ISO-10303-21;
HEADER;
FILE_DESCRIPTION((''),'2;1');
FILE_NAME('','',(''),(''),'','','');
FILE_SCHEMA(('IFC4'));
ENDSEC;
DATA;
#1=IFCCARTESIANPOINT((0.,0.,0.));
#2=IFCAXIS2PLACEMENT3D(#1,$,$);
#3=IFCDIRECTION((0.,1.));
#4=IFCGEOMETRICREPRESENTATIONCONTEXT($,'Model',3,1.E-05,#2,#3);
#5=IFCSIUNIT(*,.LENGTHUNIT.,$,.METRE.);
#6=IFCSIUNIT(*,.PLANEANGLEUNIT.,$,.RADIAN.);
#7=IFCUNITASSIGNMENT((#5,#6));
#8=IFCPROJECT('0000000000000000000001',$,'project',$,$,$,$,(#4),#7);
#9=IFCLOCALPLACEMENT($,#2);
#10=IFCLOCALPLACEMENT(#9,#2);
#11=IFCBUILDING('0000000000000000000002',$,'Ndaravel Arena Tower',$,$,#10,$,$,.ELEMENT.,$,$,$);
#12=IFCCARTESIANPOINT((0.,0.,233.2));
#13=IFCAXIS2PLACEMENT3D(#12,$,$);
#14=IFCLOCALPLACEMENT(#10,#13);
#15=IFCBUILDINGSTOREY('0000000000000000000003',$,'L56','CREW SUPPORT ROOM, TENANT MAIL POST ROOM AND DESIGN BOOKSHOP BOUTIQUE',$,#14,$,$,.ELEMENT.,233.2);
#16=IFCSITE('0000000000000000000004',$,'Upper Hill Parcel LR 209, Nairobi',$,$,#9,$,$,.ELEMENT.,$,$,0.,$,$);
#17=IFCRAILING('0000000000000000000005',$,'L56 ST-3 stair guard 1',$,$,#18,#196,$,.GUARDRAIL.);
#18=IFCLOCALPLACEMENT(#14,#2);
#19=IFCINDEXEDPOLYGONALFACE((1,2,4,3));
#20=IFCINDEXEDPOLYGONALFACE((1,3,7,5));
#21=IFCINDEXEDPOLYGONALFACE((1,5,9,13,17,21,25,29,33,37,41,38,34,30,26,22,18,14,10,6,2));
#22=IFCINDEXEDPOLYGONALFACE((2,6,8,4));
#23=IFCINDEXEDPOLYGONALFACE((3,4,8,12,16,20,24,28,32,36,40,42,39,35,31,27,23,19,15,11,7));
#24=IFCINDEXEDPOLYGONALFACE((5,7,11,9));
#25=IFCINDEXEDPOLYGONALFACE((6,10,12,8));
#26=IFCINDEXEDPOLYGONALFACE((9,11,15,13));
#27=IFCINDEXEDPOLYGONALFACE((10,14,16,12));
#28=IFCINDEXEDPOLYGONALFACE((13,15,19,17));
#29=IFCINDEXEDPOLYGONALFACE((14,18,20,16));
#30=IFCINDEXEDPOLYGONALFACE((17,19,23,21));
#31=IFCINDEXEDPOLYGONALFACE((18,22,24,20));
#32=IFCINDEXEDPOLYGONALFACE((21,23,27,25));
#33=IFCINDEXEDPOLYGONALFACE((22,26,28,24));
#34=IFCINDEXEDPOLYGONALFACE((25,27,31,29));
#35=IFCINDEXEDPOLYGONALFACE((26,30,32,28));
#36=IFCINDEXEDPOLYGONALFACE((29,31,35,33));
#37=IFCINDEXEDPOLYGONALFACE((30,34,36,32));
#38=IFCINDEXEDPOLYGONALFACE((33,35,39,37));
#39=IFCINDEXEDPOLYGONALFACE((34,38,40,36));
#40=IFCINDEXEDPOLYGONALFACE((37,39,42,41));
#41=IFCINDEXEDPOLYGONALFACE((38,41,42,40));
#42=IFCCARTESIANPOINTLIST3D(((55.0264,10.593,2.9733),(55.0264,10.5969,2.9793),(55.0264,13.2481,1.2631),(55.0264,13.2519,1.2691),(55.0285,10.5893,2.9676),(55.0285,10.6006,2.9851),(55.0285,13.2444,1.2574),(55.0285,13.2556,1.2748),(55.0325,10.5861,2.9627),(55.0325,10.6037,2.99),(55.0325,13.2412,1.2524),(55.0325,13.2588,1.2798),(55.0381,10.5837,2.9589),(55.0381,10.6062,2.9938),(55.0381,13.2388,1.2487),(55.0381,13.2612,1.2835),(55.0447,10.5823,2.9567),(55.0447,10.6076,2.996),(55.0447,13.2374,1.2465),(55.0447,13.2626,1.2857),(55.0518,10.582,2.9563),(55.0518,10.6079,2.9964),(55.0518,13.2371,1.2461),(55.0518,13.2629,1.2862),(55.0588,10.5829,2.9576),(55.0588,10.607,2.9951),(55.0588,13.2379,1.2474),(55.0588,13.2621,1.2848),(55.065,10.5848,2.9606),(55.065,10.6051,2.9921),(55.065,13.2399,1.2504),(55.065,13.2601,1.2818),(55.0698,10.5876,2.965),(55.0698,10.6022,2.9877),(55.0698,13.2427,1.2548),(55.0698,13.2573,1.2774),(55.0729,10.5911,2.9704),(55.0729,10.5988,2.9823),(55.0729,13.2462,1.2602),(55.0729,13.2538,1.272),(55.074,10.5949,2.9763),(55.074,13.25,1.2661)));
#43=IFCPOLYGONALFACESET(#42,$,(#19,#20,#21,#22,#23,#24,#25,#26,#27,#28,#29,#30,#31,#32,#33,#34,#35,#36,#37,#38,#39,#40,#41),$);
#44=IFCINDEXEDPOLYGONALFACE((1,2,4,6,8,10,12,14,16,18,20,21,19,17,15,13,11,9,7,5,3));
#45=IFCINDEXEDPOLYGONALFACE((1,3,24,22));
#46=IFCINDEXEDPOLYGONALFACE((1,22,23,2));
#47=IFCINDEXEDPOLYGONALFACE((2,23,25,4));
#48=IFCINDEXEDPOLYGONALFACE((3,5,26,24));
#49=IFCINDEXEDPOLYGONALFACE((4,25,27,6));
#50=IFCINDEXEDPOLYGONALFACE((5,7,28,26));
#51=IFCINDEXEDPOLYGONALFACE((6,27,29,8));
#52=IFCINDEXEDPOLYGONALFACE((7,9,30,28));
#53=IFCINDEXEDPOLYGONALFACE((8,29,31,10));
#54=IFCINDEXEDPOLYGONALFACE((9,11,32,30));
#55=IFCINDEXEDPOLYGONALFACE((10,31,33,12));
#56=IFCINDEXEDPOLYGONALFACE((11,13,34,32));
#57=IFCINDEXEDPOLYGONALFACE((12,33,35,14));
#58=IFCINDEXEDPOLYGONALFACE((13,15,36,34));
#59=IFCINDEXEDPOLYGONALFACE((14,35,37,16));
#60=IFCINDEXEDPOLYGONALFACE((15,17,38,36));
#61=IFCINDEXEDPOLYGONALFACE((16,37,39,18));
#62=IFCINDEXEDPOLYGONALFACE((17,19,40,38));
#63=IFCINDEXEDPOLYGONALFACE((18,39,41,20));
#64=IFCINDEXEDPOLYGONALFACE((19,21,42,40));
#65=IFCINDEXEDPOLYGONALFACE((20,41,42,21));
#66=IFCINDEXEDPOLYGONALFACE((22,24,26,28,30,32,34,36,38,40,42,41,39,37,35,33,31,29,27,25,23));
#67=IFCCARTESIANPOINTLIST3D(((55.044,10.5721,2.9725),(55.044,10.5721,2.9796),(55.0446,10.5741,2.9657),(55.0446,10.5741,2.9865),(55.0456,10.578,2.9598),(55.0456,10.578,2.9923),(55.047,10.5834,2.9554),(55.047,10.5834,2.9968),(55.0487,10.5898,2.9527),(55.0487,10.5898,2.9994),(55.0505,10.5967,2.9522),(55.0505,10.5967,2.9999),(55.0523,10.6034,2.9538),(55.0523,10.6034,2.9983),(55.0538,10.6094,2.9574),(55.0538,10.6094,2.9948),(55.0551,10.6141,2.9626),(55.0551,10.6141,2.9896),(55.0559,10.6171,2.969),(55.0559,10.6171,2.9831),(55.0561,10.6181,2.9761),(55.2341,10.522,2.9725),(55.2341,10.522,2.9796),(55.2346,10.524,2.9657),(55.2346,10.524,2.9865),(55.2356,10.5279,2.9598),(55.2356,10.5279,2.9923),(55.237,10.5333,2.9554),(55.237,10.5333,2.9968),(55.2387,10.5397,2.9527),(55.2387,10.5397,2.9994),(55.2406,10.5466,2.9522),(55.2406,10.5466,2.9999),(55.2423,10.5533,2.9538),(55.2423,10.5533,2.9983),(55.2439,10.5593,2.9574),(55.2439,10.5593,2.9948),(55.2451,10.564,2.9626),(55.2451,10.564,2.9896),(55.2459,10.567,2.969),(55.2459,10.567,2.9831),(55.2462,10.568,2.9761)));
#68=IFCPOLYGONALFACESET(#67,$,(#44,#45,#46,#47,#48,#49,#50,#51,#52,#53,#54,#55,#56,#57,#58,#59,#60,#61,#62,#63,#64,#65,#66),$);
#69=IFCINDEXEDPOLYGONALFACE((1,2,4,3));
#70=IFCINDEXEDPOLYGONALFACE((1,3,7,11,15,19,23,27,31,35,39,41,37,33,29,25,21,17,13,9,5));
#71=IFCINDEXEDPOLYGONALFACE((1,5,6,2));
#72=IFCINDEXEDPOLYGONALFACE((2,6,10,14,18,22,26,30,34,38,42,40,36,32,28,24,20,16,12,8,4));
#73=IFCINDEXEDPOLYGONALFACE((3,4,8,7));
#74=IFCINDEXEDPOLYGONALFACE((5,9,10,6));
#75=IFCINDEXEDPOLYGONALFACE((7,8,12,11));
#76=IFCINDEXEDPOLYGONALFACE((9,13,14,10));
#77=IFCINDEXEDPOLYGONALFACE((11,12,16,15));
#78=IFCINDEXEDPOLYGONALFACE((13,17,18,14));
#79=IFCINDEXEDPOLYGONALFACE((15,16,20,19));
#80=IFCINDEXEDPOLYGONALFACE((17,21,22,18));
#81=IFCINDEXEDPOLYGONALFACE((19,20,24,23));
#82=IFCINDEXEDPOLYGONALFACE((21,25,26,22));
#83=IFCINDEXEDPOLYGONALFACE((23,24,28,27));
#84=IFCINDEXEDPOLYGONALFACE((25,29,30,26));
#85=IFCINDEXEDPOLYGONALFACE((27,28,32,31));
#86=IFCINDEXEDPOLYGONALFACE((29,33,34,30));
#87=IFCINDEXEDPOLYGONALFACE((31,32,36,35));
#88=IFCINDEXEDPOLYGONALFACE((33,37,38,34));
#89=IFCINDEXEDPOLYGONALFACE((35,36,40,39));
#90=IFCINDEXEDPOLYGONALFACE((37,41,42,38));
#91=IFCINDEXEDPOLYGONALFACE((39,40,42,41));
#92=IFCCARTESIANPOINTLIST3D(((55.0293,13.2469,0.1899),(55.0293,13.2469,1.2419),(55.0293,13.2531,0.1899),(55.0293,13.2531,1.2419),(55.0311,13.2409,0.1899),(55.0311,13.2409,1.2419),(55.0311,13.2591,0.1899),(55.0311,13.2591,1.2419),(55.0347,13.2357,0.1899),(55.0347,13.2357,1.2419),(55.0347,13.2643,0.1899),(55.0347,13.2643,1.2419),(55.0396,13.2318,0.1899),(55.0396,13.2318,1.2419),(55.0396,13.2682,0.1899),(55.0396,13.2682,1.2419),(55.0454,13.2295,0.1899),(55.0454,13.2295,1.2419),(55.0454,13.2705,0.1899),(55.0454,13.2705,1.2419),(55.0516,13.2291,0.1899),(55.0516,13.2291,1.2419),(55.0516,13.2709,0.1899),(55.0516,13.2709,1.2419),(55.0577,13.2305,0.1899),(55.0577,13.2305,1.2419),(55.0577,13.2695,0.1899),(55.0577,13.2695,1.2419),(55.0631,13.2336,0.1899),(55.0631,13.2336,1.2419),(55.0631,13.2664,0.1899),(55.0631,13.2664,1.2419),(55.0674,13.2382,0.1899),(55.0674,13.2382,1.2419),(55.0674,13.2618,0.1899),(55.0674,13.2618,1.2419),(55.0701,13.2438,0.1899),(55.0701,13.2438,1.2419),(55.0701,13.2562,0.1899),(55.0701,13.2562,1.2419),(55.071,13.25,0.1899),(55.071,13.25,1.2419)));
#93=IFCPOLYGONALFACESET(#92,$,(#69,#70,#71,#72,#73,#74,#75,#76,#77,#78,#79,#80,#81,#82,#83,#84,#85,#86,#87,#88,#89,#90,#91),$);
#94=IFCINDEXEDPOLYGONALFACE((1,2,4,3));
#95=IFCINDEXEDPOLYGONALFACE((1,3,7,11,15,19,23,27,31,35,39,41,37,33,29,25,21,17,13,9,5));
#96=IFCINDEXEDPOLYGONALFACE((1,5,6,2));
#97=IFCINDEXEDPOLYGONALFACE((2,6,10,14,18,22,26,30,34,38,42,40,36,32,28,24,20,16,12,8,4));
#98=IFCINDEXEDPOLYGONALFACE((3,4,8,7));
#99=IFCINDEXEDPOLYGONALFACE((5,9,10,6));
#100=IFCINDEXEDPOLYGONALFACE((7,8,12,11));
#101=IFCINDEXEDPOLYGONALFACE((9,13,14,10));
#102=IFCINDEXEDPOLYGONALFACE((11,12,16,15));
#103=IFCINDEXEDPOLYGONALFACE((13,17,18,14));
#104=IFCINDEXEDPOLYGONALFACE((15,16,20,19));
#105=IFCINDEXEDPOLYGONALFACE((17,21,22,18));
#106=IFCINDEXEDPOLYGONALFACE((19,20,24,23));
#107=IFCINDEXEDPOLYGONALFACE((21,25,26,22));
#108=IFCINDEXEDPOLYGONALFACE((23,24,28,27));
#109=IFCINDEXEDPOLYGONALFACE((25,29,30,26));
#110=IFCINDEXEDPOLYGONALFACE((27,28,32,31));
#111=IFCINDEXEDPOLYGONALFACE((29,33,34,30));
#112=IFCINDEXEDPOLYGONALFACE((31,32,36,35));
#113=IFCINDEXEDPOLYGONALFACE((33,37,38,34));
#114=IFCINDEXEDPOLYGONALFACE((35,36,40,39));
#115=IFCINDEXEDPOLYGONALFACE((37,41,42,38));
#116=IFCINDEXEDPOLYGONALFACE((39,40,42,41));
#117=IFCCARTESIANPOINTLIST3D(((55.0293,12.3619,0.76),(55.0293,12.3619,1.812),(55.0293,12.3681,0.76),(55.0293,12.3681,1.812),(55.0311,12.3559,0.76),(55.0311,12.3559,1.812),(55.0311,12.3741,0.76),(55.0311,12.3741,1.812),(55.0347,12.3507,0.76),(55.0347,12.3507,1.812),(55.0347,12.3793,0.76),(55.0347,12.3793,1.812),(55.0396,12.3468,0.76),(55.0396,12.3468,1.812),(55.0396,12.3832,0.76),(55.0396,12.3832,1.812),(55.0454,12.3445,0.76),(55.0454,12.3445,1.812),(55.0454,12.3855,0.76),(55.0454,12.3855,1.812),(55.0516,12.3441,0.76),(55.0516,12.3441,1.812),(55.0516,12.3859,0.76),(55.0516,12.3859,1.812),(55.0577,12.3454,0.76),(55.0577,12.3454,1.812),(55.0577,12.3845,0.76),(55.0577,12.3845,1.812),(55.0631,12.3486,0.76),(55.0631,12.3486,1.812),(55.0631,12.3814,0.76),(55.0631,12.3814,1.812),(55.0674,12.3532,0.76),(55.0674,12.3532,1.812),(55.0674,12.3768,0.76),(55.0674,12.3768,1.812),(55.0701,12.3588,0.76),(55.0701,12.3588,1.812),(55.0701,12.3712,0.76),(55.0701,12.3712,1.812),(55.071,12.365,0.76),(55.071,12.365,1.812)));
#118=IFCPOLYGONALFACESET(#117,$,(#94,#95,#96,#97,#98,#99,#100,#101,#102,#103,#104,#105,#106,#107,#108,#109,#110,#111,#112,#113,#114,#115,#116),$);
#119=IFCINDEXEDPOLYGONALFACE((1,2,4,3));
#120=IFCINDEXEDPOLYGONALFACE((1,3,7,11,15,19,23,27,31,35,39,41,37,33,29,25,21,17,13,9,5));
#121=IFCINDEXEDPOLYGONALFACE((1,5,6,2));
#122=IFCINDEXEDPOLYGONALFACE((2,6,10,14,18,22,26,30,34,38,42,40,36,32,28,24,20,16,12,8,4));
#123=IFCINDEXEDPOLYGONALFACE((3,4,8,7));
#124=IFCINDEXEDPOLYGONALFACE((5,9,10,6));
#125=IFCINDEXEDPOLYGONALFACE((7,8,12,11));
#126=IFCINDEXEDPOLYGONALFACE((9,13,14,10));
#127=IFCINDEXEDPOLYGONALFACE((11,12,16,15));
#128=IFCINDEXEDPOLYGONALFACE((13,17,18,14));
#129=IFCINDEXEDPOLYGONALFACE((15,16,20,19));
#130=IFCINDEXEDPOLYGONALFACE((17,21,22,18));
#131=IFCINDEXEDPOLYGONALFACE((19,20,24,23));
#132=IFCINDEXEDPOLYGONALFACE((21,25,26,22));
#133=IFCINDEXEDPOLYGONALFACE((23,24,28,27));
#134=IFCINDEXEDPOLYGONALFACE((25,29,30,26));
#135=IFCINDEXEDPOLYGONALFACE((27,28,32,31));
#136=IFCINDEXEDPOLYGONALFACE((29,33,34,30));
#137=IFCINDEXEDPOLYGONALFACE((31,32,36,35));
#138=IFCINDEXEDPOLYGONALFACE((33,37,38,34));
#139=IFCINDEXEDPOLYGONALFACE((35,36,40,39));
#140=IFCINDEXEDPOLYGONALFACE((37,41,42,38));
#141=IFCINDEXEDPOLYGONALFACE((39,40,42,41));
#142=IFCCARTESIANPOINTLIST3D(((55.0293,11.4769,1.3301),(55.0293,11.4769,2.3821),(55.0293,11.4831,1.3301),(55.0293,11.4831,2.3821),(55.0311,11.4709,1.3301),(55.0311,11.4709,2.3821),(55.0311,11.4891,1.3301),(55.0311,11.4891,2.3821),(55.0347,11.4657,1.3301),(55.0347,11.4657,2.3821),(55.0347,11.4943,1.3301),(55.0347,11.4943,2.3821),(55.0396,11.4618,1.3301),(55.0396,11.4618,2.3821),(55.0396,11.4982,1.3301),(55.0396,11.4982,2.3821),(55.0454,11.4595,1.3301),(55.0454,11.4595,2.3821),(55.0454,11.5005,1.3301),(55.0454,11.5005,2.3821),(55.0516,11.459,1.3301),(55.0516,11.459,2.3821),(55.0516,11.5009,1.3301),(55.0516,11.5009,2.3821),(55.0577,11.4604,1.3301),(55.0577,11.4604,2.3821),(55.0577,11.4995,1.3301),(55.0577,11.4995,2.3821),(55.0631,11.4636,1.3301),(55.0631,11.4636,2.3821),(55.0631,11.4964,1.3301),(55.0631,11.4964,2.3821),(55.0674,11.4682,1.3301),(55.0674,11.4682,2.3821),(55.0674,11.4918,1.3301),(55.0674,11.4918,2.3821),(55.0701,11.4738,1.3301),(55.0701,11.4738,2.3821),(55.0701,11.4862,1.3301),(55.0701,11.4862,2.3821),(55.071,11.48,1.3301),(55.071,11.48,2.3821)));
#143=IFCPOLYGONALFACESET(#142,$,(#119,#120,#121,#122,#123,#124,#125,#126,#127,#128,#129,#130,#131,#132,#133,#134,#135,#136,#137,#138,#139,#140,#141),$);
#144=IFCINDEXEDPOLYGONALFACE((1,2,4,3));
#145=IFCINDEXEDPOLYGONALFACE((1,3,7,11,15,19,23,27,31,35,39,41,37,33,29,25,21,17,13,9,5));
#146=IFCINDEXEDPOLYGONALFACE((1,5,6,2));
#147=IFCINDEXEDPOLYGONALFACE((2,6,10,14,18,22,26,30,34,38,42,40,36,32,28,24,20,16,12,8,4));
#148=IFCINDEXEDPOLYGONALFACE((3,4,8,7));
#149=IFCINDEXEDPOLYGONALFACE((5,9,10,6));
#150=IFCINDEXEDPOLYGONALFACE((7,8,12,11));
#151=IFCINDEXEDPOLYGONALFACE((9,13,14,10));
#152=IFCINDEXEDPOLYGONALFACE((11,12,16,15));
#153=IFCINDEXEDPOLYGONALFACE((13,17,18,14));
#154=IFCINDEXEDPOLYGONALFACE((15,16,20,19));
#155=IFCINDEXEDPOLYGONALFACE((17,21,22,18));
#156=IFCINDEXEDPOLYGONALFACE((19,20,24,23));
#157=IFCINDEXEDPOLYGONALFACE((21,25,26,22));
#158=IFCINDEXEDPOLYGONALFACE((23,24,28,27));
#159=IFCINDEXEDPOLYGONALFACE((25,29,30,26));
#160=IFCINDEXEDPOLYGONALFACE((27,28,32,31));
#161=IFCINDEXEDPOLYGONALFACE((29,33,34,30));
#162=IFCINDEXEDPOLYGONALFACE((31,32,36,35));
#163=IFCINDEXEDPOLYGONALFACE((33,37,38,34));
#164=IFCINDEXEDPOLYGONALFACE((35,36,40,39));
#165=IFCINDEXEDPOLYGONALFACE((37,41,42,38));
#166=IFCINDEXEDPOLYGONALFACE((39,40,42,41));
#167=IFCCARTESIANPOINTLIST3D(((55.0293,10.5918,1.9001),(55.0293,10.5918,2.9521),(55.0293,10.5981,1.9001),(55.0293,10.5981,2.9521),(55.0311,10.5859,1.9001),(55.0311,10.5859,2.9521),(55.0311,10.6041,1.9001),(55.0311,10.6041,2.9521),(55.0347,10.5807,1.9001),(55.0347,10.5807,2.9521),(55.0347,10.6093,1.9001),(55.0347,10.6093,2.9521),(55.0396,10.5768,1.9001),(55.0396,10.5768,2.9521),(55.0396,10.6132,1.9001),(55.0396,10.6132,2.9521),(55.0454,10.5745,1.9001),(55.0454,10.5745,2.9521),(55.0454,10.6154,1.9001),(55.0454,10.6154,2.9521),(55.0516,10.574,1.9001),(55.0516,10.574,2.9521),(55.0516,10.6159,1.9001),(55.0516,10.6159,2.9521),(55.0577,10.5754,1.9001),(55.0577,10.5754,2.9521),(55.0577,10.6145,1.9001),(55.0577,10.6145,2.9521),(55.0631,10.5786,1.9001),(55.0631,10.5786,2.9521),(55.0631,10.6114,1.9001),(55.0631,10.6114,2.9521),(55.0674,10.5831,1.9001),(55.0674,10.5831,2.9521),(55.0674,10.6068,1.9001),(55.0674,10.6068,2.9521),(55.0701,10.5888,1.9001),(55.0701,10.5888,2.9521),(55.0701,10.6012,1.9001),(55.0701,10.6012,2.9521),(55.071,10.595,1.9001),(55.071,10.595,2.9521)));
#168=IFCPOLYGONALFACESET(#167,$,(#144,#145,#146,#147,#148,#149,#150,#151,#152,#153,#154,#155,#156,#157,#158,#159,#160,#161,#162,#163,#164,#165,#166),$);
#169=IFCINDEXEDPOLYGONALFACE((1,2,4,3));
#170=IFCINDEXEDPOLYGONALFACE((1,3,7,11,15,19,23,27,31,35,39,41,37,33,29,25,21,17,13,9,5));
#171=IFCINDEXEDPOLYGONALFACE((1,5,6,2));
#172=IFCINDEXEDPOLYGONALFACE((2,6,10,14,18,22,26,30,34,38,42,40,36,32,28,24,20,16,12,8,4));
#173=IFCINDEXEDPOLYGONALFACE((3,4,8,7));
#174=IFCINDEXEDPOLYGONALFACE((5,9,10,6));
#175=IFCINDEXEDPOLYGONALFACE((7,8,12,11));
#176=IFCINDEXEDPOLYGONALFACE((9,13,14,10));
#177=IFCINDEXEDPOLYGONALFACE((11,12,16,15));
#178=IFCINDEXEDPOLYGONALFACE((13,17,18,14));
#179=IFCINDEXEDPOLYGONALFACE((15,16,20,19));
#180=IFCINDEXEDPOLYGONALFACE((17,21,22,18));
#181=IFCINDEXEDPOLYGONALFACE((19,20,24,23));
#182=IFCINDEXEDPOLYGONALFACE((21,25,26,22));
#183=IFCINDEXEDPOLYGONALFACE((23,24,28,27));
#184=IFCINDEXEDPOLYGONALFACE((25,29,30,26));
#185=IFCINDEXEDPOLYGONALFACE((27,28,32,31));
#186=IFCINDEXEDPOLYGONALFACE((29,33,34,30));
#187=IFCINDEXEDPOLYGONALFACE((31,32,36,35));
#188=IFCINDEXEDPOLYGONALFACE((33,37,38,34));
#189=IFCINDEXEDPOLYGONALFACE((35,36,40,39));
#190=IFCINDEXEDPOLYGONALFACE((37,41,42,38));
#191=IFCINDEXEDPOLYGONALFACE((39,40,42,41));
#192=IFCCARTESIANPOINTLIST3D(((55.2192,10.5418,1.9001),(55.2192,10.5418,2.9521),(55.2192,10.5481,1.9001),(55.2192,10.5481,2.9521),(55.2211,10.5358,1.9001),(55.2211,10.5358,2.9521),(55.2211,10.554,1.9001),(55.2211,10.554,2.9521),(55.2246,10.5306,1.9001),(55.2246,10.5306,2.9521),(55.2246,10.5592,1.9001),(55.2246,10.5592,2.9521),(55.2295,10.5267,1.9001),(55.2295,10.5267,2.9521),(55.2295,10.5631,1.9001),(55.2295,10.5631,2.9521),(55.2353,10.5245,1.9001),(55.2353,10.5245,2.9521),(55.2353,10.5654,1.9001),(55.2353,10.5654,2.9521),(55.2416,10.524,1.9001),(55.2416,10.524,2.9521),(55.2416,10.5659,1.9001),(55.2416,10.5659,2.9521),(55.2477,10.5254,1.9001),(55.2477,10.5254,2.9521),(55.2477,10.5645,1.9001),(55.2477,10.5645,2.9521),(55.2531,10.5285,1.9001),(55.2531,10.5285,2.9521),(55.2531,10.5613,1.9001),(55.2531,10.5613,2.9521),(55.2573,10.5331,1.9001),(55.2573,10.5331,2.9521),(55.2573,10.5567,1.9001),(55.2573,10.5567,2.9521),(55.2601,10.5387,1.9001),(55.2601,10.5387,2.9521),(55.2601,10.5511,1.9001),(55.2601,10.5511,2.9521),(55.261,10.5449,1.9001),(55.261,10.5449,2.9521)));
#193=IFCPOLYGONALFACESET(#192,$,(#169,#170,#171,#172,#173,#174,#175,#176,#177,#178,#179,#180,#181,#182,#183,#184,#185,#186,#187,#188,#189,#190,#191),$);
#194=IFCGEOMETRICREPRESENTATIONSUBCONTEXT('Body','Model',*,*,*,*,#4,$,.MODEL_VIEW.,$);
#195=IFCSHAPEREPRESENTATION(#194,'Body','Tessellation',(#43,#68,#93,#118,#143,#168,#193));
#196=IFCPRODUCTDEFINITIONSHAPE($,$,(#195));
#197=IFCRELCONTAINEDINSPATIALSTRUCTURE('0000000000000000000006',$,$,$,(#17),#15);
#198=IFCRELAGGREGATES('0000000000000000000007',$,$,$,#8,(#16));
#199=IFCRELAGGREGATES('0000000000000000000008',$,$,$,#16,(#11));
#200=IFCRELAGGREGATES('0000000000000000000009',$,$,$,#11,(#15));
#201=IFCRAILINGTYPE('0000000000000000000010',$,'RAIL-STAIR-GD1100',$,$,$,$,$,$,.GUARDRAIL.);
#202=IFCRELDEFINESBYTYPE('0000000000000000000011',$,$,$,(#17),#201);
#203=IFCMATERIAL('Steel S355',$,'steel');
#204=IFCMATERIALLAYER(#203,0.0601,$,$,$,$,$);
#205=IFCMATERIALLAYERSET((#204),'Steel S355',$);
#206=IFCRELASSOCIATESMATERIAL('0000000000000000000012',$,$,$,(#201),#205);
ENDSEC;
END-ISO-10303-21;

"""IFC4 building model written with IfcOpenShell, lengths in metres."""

from ifc_helpers import new_model, si_unit, direction, frame, origin, origin_2d, place, context, subcontext, project, spatial, circle, extrude, material, layer, layer_set, type_object, element, save


model = new_model("IFC4")

# Units and contexts
model_context = context("Model", 3, precision=1e-05, world=origin(), true_north=direction((0.0, 1.0)))
body_context = subcontext(model_context, "Body", "Model", "MODEL_VIEW")
ifc_project = project(units=[si_unit("LENGTHUNIT", "METRE"), si_unit("PLANEANGLEUNIT", "RADIAN")], contexts=[model_context])

# Site, building, storey
site_placement = place(None, origin())
site = spatial("IfcSite", under=ifc_project, at=site_placement, Name="Upper Hill Parcel LR 209, Nairobi", CompositionType="ELEMENT", RefElevation=0.0)
building_placement = place(site_placement, origin())
building = spatial("IfcBuilding", under=site, at=building_placement, Name="Ndaravel Arena Tower", CompositionType="ELEMENT")
storey_placement = place(building_placement, frame((0.0, 0.0, 233.2)))
storey = spatial("IfcBuildingStorey", under=building, at=storey_placement, Name="L56", Description="CREW SUPPORT ROOM, TENANT MAIL POST ROOM AND DESIGN BOOKSHOP BOUTIQUE", CompositionType="ELEMENT", Elevation=233.2)

# Railing
ifc_material_1 = material(Name="Steel S355", Category="steel")
ifc_layer_1 = layer(ifc_material_1, 0.0601)
ifc_layer_set_1 = layer_set([ifc_layer_1], Name="Steel S355")
railing_type_1 = type_object("IfcRailingType", Name="RAIL-STAIR-GD1100", PredefinedType="GUARDRAIL", material=ifc_layer_set_1)
railing_1_placement = place(storey_placement, frame((55.05, 13.25, 0.1899)))
element("IfcRailing", 1, at=railing_1_placement, inside=storey, type_object=railing_type_1, Name="L56 ST-3 stair guard 1", PredefinedType="GUARDRAIL", context=body_context, shape_type="SweptSolid", body=[
    extrude(circle(Radius=0.0239, at=origin_2d()), frame((0.0, 0.0, 1.0762), z_axis=(0.0, -0.840688, 0.541519), x_axis=(1.0, 0.0, 0.0)), (0.0, 0.0, 1.0), 3.1582),
    extrude(circle(Radius=0.0239, at=origin_2d()), frame((0.0, -2.655, 2.7861), z_axis=(0.966994, -0.254799, 0.0), x_axis=(0.254799, 0.966994, 0.0)), (0.0, 0.0, 1.0), 0.1965),
    extrude(circle(Radius=0.021, at=origin_2d()), origin(), (0.0, 0.0, 1.0), 1.052),
    extrude(circle(Radius=0.021, at=origin_2d()), frame((0.0, -0.885, 0.5701)), (0.0, 0.0, 1.0), 1.052),
    extrude(circle(Radius=0.021, at=origin_2d()), frame((0.0, -1.77, 1.1401)), (0.0, 0.0, 1.0), 1.052),
    extrude(circle(Radius=0.021, at=origin_2d()), frame((0.0, -2.655, 1.7102)), (0.0, 0.0, 1.0), 1.052),
    extrude(circle(Radius=0.021, at=origin_2d()), frame((0.1899, -2.7051, 1.7102)), (0.0, 0.0, 1.0), 1.052),
])

save(model, "model.ifc")
